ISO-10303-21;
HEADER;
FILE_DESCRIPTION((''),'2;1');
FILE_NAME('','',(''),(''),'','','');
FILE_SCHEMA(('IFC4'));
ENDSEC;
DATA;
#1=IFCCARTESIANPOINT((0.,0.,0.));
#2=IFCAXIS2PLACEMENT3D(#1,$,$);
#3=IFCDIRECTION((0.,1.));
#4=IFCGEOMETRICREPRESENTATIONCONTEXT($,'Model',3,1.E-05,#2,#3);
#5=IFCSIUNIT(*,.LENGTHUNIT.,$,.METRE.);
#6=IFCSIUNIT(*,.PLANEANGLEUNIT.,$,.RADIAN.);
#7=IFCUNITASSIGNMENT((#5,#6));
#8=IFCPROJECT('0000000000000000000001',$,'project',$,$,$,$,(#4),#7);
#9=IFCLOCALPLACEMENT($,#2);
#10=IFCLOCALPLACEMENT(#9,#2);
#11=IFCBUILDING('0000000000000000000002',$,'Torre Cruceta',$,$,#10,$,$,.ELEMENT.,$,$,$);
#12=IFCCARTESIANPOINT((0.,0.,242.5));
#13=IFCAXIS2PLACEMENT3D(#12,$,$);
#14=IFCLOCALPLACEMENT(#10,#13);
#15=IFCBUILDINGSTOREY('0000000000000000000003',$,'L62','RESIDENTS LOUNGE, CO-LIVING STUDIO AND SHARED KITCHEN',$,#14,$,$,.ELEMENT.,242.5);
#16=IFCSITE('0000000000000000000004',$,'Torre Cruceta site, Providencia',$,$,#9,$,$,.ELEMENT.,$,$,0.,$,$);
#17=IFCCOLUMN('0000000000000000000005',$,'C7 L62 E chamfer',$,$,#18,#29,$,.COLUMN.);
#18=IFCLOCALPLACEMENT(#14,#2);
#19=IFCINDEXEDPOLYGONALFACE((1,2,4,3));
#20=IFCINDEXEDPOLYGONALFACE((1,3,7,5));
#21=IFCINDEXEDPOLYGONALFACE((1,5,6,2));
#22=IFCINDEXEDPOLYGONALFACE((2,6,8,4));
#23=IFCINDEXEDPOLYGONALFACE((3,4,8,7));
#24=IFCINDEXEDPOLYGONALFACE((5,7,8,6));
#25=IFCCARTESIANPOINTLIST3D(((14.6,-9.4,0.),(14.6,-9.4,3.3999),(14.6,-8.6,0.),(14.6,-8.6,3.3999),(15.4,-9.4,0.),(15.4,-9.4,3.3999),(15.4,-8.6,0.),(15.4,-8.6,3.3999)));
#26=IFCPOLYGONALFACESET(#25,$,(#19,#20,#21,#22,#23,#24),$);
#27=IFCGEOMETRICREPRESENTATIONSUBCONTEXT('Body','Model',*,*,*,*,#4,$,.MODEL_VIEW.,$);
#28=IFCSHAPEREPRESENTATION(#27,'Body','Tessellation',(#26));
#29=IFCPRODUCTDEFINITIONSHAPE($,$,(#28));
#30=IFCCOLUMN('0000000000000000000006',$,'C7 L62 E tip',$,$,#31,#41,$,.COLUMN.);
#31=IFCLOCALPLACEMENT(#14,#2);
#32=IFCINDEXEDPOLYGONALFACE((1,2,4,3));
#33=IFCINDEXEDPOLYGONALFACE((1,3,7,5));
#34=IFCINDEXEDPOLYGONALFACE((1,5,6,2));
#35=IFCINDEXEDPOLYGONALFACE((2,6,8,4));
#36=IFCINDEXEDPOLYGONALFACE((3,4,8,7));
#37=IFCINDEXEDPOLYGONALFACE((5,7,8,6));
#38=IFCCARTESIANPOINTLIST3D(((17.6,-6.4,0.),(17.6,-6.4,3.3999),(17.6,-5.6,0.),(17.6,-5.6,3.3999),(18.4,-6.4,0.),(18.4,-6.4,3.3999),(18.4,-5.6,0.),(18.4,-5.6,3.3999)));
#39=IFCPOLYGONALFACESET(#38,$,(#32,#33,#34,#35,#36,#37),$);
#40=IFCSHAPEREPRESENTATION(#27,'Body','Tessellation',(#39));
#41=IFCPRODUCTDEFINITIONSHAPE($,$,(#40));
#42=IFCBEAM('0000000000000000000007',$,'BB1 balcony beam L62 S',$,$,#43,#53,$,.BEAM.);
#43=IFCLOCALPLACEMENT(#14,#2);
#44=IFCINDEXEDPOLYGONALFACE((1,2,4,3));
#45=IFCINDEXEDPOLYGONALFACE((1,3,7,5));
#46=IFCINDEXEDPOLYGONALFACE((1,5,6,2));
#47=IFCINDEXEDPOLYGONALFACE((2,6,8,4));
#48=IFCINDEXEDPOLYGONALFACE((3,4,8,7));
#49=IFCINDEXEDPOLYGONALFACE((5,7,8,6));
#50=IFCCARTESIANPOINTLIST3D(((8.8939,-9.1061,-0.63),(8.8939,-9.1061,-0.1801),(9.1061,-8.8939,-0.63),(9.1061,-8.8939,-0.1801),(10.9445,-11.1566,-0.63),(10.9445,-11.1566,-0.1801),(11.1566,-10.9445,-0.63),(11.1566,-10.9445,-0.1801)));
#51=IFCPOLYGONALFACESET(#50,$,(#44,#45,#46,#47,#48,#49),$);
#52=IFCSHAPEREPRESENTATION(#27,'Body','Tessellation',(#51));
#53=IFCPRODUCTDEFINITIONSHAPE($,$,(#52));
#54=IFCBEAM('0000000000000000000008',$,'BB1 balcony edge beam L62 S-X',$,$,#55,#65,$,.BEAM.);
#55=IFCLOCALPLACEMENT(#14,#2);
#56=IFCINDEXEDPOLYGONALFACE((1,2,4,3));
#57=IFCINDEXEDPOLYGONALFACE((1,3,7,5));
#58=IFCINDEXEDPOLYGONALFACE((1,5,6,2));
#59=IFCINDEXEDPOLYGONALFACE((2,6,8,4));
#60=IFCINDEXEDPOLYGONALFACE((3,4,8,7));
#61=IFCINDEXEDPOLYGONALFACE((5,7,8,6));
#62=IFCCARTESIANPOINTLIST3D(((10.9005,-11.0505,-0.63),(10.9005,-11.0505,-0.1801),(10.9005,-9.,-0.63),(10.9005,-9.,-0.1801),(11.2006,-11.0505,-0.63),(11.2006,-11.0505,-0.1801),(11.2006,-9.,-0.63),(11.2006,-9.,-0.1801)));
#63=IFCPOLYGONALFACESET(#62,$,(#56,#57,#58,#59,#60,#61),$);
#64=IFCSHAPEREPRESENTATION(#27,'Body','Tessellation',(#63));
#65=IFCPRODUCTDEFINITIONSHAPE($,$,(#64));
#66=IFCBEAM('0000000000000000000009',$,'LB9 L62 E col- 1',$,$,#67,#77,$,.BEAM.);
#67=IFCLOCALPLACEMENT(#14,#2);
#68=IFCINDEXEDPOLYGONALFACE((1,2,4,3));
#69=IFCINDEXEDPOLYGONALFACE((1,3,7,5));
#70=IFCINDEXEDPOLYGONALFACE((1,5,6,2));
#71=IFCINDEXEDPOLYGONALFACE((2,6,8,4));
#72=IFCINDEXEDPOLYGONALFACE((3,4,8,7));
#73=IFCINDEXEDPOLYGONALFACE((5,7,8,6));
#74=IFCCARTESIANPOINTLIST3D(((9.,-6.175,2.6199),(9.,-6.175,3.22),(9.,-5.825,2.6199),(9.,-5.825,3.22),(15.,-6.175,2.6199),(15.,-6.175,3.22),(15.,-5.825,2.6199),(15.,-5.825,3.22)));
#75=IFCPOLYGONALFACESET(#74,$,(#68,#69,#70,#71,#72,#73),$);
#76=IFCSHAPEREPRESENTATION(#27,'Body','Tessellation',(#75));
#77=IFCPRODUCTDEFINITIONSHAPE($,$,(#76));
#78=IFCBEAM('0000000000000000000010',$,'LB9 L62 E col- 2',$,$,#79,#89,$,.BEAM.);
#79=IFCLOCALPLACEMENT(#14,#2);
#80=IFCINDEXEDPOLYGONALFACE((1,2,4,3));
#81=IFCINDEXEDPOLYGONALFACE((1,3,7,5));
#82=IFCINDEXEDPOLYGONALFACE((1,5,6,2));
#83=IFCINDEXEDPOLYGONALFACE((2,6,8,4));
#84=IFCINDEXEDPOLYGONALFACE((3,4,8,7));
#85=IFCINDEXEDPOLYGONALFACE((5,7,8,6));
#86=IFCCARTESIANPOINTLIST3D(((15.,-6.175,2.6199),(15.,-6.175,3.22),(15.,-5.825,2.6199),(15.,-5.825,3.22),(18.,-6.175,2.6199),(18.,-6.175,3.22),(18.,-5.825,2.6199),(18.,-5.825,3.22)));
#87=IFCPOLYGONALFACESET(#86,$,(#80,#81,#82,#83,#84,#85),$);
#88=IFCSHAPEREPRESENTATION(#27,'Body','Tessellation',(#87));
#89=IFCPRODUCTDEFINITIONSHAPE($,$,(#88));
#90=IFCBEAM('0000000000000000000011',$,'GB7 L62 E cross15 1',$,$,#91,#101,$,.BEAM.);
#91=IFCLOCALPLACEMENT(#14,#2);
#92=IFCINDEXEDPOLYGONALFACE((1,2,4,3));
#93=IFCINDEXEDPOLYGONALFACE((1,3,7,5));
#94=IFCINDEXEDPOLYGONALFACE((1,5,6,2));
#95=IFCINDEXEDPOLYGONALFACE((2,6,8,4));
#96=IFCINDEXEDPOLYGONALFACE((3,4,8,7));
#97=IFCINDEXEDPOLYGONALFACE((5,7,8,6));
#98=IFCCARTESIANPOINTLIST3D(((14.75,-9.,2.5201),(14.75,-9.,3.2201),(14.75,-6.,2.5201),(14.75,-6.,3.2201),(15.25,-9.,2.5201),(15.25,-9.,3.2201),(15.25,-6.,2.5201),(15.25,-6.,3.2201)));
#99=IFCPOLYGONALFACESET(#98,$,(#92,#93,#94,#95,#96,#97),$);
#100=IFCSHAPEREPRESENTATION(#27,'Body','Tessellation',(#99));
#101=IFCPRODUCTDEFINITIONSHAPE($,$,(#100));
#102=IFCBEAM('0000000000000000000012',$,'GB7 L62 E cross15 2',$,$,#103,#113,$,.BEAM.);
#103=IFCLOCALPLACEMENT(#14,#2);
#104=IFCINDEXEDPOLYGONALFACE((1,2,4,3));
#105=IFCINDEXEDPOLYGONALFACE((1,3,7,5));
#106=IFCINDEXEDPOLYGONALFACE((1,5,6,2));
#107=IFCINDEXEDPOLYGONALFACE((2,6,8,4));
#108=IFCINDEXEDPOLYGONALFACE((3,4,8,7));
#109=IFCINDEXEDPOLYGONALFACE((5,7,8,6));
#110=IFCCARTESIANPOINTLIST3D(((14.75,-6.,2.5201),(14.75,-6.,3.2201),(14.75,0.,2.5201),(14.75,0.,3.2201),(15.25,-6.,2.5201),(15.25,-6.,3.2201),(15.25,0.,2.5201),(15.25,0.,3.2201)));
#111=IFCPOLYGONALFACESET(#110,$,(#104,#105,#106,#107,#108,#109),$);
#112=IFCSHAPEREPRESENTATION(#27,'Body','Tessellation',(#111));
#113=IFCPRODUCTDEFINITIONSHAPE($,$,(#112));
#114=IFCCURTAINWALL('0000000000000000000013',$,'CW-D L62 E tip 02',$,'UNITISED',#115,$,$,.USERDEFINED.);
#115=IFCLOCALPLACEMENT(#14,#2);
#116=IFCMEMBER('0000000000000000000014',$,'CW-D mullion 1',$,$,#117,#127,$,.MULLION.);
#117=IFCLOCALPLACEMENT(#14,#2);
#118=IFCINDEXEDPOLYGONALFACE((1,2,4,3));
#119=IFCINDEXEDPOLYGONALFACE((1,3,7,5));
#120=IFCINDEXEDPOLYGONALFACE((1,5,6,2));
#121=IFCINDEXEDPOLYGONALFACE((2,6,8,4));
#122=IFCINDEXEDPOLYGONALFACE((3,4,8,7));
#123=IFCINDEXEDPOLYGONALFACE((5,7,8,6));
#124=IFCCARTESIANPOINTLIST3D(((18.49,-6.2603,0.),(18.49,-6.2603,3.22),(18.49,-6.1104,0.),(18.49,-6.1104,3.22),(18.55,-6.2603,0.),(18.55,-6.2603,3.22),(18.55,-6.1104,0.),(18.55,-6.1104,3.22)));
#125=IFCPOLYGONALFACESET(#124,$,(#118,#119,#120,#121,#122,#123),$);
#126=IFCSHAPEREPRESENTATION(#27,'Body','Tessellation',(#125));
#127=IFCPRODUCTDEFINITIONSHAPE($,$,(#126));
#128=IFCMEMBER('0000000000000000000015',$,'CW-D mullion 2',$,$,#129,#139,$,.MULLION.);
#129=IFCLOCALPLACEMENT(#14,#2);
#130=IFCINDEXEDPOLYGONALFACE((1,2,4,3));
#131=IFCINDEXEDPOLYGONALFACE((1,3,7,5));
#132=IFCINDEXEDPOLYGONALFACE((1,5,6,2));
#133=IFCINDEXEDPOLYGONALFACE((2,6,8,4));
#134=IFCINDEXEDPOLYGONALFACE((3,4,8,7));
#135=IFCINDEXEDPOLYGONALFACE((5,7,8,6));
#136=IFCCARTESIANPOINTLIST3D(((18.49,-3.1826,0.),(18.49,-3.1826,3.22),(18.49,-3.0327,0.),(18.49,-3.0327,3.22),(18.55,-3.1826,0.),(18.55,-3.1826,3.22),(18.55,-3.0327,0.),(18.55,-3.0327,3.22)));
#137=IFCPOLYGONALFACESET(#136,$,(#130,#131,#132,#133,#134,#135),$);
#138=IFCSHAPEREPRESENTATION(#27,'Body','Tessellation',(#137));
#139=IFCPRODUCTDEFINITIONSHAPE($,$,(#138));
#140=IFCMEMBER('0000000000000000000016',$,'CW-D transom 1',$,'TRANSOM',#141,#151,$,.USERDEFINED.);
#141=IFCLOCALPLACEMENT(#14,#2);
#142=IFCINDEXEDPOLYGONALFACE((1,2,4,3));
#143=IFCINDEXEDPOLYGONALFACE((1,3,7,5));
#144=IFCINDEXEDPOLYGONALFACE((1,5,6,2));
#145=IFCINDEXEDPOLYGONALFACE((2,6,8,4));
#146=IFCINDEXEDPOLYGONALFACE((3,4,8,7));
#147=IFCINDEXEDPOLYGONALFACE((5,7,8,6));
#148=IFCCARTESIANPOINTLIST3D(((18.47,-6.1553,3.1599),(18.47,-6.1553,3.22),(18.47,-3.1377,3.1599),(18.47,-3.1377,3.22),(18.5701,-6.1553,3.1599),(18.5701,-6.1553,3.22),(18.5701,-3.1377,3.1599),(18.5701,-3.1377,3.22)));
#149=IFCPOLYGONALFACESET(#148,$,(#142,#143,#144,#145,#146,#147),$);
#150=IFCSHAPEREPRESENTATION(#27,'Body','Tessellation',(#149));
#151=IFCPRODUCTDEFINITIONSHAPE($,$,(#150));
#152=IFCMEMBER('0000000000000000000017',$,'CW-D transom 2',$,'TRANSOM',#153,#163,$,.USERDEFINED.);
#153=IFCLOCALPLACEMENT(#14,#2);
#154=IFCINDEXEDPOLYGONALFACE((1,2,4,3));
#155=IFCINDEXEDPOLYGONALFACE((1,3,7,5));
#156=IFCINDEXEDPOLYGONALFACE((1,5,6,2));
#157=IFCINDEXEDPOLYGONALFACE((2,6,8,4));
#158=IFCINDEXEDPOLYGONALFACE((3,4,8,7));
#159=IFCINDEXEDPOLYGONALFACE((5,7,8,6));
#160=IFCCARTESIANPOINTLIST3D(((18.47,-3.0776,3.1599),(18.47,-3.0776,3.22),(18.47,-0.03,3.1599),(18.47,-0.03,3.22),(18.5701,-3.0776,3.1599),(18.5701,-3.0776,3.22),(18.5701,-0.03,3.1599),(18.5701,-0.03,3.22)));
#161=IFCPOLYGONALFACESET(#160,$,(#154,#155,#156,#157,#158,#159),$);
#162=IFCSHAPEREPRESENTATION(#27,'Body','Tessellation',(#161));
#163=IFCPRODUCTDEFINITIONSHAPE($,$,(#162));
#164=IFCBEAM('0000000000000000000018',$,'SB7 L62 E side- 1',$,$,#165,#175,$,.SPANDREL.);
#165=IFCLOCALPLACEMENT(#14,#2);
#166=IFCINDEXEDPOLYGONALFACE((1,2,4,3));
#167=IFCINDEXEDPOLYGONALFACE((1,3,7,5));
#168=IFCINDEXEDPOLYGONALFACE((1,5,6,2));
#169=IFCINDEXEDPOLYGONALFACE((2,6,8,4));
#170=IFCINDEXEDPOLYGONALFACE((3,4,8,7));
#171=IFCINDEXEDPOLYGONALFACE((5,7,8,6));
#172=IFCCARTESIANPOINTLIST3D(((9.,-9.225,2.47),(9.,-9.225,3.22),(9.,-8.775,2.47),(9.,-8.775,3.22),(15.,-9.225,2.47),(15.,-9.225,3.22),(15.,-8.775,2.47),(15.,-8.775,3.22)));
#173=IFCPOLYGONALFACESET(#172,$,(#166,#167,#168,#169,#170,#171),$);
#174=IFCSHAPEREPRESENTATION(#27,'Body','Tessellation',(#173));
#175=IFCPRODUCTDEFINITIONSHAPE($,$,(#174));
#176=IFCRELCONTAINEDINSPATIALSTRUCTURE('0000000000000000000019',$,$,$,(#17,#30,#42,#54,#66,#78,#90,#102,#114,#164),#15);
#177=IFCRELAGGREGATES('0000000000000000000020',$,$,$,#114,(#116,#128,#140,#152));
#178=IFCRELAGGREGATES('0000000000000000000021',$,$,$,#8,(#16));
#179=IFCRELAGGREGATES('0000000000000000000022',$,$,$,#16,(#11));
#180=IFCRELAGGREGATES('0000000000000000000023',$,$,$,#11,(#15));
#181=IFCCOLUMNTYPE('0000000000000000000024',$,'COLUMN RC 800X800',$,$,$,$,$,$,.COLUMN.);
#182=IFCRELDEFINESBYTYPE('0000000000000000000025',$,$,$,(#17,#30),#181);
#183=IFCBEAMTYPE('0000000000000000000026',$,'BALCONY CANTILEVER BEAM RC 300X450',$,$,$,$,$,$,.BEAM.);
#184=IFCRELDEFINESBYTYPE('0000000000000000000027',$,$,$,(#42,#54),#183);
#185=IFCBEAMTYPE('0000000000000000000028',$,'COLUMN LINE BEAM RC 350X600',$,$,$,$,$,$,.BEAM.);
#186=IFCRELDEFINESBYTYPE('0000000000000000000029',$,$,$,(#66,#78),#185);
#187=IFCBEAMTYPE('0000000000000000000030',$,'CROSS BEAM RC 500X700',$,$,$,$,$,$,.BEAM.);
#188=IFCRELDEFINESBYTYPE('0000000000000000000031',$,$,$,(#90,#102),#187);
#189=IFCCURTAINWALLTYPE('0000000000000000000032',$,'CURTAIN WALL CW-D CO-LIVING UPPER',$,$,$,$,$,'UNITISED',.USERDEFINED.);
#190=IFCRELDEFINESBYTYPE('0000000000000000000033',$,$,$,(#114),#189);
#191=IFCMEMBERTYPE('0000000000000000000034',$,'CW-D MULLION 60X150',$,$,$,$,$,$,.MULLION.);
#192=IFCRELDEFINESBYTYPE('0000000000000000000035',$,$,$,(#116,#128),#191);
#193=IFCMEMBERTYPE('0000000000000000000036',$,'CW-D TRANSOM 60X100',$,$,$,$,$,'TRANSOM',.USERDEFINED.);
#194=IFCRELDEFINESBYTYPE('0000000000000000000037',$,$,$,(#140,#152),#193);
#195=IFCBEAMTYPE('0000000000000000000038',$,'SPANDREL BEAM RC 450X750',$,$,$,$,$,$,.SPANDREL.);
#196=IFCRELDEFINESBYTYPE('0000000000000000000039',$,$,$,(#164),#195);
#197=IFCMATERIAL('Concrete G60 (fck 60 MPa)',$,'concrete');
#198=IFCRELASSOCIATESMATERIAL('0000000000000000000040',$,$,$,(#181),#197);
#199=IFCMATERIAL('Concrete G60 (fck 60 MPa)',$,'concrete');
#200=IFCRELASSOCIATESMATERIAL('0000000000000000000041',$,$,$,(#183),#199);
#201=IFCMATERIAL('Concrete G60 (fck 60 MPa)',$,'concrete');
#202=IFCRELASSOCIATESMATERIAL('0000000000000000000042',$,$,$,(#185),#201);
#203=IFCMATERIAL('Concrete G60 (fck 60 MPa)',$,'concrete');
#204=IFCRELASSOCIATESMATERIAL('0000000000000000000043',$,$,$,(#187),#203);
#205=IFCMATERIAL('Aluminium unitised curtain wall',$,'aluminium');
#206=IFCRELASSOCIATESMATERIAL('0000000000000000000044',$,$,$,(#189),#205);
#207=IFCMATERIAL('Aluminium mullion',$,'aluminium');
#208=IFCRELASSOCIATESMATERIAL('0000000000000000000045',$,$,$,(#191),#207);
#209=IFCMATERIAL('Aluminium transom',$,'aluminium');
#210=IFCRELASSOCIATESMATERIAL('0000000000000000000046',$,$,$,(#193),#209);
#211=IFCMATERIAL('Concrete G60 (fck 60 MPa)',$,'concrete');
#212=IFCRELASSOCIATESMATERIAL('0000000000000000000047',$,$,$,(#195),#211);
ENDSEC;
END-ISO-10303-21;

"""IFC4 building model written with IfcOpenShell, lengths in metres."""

from ifc_helpers import new_model, si_unit, direction, frame, origin, origin_2d, place, context, subcontext, project, spatial, rectangle, extrude, material, material_profile, profile_set, type_object, element, aggregate, save


model = new_model("IFC4")

# Units and contexts
model_context = context("Model", 3, precision=1e-05, world=origin(), true_north=direction((0.0, 1.0)))
body_context = subcontext(model_context, "Body", "Model", "MODEL_VIEW")
ifc_project = project(units=[si_unit("LENGTHUNIT", "METRE"), si_unit("PLANEANGLEUNIT", "RADIAN")], contexts=[model_context])

# Site, building, storey
site_placement = place(None, origin())
site = spatial("IfcSite", under=ifc_project, at=site_placement, Name="Torre Cruceta site, Providencia", CompositionType="ELEMENT", RefElevation=0.0)
building_placement = place(site_placement, origin())
building = spatial("IfcBuilding", under=site, at=building_placement, Name="Torre Cruceta", CompositionType="ELEMENT")
storey_placement = place(building_placement, frame((0.0, 0.0, 242.5)))
storey = spatial("IfcBuildingStorey", under=building, at=storey_placement, Name="L62", Description="RESIDENTS LOUNGE, CO-LIVING STUDIO AND SHARED KITCHEN", CompositionType="ELEMENT", Elevation=242.5)

# Columns
ifc_material_1 = material(Name="Concrete G60 (fck 60 MPa)", Category="concrete")
ifc_material_profile_1 = material_profile(ifc_material_1, rectangle(XDim=0.8, YDim=0.8, at=origin_2d()), Name="RC 800X800")
ifc_profile_set_1 = profile_set([ifc_material_profile_1], Name="Concrete G60 (fck 60 MPa)")
column_type = type_object("IfcColumnType", Name="COLUMN RC 800X800", PredefinedType="COLUMN", material=ifc_profile_set_1)
for number, where, z_axis, x_axis, name in (
    (1, (15.0, -9.0, 0.0), (0.0, 0.0, 1.0), (1.0, 0.0, 0.0), "C7 L62 E chamfer"),
    (2, (18.0, -6.0, 0.0), (0.0, 0.0, 1.0), (1.0, 0.0, 0.0), "C7 L62 E tip"),
):
    element("IfcColumn", number, at=place(storey_placement, frame(where, z_axis=z_axis, x_axis=x_axis)), inside=storey, type_object=column_type, Name=name, PredefinedType="COLUMN", context=body_context, shape_type="SweptSolid", body=[
        extrude(rectangle(XDim=0.8, YDim=0.8, at=origin_2d()), origin(), (0.0, 0.0, 1.0), 3.3999),
    ])

# Beams
ifc_material_2 = material(Name="Concrete G60 (fck 60 MPa)", Category="concrete")
ifc_material_profile_2 = material_profile(ifc_material_2, rectangle(XDim=0.3, YDim=0.45, at=origin_2d()), Name="RC 300X450")
ifc_profile_set_2 = profile_set([ifc_material_profile_2], Name="Concrete G60 (fck 60 MPa)")
beam_type_1 = type_object("IfcBeamType", Name="BALCONY CANTILEVER BEAM RC 300X450", PredefinedType="BEAM", material=ifc_profile_set_2)
beam_1_placement = place(storey_placement, frame((9.0, -9.0, -0.405), z_axis=(0.707107, -0.707107, 0.0), x_axis=(0.707107, 0.707107, 0.0)))
element("IfcBeam", 3, at=beam_1_placement, inside=storey, type_object=beam_type_1, Name="BB1 balcony beam L62 S", PredefinedType="BEAM", context=body_context, shape_type="SweptSolid", body=[
    extrude(rectangle(XDim=0.3, YDim=0.45, at=origin_2d()), origin(), (0.0, 0.0, 1.0), 2.8999),
])
beam_2_placement = place(storey_placement, frame((11.0505, -9.0, -0.405), z_axis=(0.0, -1.0, 0.0), x_axis=(1.0, 0.0, 0.0)))
element("IfcBeam", 4, at=beam_2_placement, inside=storey, type_object=beam_type_1, Name="BB1 balcony edge beam L62 S-X", PredefinedType="BEAM", context=body_context, shape_type="SweptSolid", body=[
    extrude(rectangle(XDim=0.3, YDim=0.45, at=origin_2d()), origin(), (0.0, 0.0, 1.0), 2.0505),
])
ifc_material_3 = material(Name="Concrete G60 (fck 60 MPa)", Category="concrete")
ifc_material_profile_3 = material_profile(ifc_material_3, rectangle(XDim=0.3501, YDim=0.6001, at=origin_2d()), Name="RC 350X600")
ifc_profile_set_3 = profile_set([ifc_material_profile_3], Name="Concrete G60 (fck 60 MPa)")
beam_type_2 = type_object("IfcBeamType", Name="COLUMN LINE BEAM RC 350X600", PredefinedType="BEAM", material=ifc_profile_set_3)
beam_3_placement = place(storey_placement, frame((9.0, -6.0, 2.9199), z_axis=(1.0, 0.0, 0.0), x_axis=(0.0, 1.0, 0.0)))
element("IfcBeam", 5, at=beam_3_placement, inside=storey, type_object=beam_type_2, Name="LB9 L62 E col- 1", PredefinedType="BEAM", context=body_context, shape_type="SweptSolid", body=[
    extrude(rectangle(XDim=0.3501, YDim=0.6001, at=origin_2d()), origin(), (0.0, 0.0, 1.0), 6.0),
])
beam_4_placement = place(storey_placement, frame((15.0, -6.0, 2.9199), z_axis=(1.0, 0.0, 0.0), x_axis=(0.0, 1.0, 0.0)))
element("IfcBeam", 6, at=beam_4_placement, inside=storey, type_object=beam_type_2, Name="LB9 L62 E col- 2", PredefinedType="BEAM", context=body_context, shape_type="SweptSolid", body=[
    extrude(rectangle(XDim=0.3501, YDim=0.6001, at=origin_2d()), origin(), (0.0, 0.0, 1.0), 3.0),
])
ifc_material_4 = material(Name="Concrete G60 (fck 60 MPa)", Category="concrete")
ifc_material_profile_4 = material_profile(ifc_material_4, rectangle(XDim=0.5, YDim=0.7, at=origin_2d()), Name="RC 500X700")
ifc_profile_set_4 = profile_set([ifc_material_profile_4], Name="Concrete G60 (fck 60 MPa)")
beam_type_3 = type_object("IfcBeamType", Name="CROSS BEAM RC 500X700", PredefinedType="BEAM", material=ifc_profile_set_4)
beam_5_placement = place(storey_placement, frame((15.0, -9.0, 2.8701), z_axis=(0.0, 1.0, 0.0), x_axis=(-1.0, 0.0, 0.0)))
element("IfcBeam", 7, at=beam_5_placement, inside=storey, type_object=beam_type_3, Name="GB7 L62 E cross15 1", PredefinedType="BEAM", context=body_context, shape_type="SweptSolid", body=[
    extrude(rectangle(XDim=0.5, YDim=0.7, at=origin_2d()), origin(), (0.0, 0.0, 1.0), 3.0),
])
beam_6_placement = place(storey_placement, frame((15.0, -6.0, 2.8701), z_axis=(0.0, 1.0, 0.0), x_axis=(-1.0, 0.0, 0.0)))
element("IfcBeam", 8, at=beam_6_placement, inside=storey, type_object=beam_type_3, Name="GB7 L62 E cross15 2", PredefinedType="BEAM", context=body_context, shape_type="SweptSolid", body=[
    extrude(rectangle(XDim=0.5, YDim=0.7, at=origin_2d()), origin(), (0.0, 0.0, 1.0), 6.0),
])

# Curtain wall, members
ifc_material_5 = material(Name="Aluminium unitised curtain wall", Category="aluminium")
curtain_wall_type = type_object("IfcCurtainWallType", Name="CURTAIN WALL CW-D CO-LIVING UPPER", ElementType="UNITISED", PredefinedType="USERDEFINED", material=ifc_material_5)
curtain_wall_placement = place(storey_placement, origin())
curtain_wall = element("IfcCurtainWall", 9, at=curtain_wall_placement, inside=storey, type_object=curtain_wall_type, Name="CW-D L62 E tip 02", ObjectType="UNITISED", PredefinedType="USERDEFINED")
ifc_material_6 = material(Name="Aluminium mullion", Category="aluminium")
ifc_material_profile_5 = material_profile(ifc_material_6, rectangle(XDim=0.0601, YDim=0.1499, at=origin_2d()), Name="AL 60X150")
ifc_profile_set_5 = profile_set([ifc_material_profile_5], Name="Aluminium mullion")
member_type_1 = type_object("IfcMemberType", Name="CW-D MULLION 60X150", PredefinedType="MULLION", material=ifc_profile_set_5)
member_1_placement = place(storey_placement, frame((18.52, -6.1853, 0.0), z_axis=(0.0, 0.0, 1.0), x_axis=(-1.0, 0.0, 0.0)))
member_1 = element("IfcMember", 10, at=member_1_placement, type_object=member_type_1, Name="CW-D mullion 1", PredefinedType="MULLION", context=body_context, shape_type="SweptSolid", body=[
    extrude(rectangle(XDim=0.0601, YDim=0.1499, at=origin_2d()), origin(), (0.0, 0.0, 1.0), 3.22),
])
member_2_placement = place(storey_placement, frame((18.52, -3.1077, 0.0), z_axis=(0.0, 0.0, 1.0), x_axis=(-1.0, 0.0, 0.0)))
member_2 = element("IfcMember", 11, at=member_2_placement, type_object=member_type_1, Name="CW-D mullion 2", PredefinedType="MULLION", context=body_context, shape_type="SweptSolid", body=[
    extrude(rectangle(XDim=0.0601, YDim=0.1499, at=origin_2d()), origin(), (0.0, 0.0, 1.0), 3.22),
])
ifc_material_7 = material(Name="Aluminium transom", Category="aluminium")
ifc_material_profile_6 = material_profile(ifc_material_7, rectangle(XDim=0.1001, YDim=0.0601, at=origin_2d()), Name="AL 100X60")
ifc_profile_set_6 = profile_set([ifc_material_profile_6], Name="Aluminium transom")
member_type_2 = type_object("IfcMemberType", Name="CW-D TRANSOM 60X100", ElementType="TRANSOM", PredefinedType="USERDEFINED", material=ifc_profile_set_6)
member_3_placement = place(storey_placement, frame((18.52, -6.1553, 3.1899), z_axis=(0.0, 1.0, 0.0), x_axis=(-1.0, 0.0, 0.0)))
member_3 = element("IfcMember", 12, at=member_3_placement, type_object=member_type_2, Name="CW-D transom 1", ObjectType="TRANSOM", PredefinedType="USERDEFINED", context=body_context, shape_type="SweptSolid", body=[
    extrude(rectangle(XDim=0.1001, YDim=0.0601, at=origin_2d()), origin(), (0.0, 0.0, 1.0), 3.0176),
])
member_4_placement = place(storey_placement, frame((18.52, -3.0776, 3.1899), z_axis=(0.0, 1.0, 0.0), x_axis=(-1.0, 0.0, 0.0)))
member_4 = element("IfcMember", 13, at=member_4_placement, type_object=member_type_2, Name="CW-D transom 2", ObjectType="TRANSOM", PredefinedType="USERDEFINED", context=body_context, shape_type="SweptSolid", body=[
    extrude(rectangle(XDim=0.1001, YDim=0.0601, at=origin_2d()), origin(), (0.0, 0.0, 1.0), 3.0476),
])

# Beam
ifc_material_8 = material(Name="Concrete G60 (fck 60 MPa)", Category="concrete")
ifc_material_profile_7 = material_profile(ifc_material_8, rectangle(XDim=0.45, YDim=0.75, at=origin_2d()), Name="RC 450X750")
ifc_profile_set_7 = profile_set([ifc_material_profile_7], Name="Concrete G60 (fck 60 MPa)")
beam_type_4 = type_object("IfcBeamType", Name="SPANDREL BEAM RC 450X750", PredefinedType="SPANDREL", material=ifc_profile_set_7)
beam_7_placement = place(storey_placement, frame((9.0, -9.0, 2.845), z_axis=(1.0, 0.0, 0.0), x_axis=(0.0, 1.0, 0.0)))
element("IfcBeam", 14, at=beam_7_placement, inside=storey, type_object=beam_type_4, Name="SB7 L62 E side- 1", PredefinedType="SPANDREL", context=body_context, shape_type="SweptSolid", body=[
    extrude(rectangle(XDim=0.45, YDim=0.75, at=origin_2d()), origin(), (0.0, 0.0, 1.0), 6.0),
])

aggregate(curtain_wall, [member_1, member_2, member_3, member_4])

save(model, "model.ifc")
